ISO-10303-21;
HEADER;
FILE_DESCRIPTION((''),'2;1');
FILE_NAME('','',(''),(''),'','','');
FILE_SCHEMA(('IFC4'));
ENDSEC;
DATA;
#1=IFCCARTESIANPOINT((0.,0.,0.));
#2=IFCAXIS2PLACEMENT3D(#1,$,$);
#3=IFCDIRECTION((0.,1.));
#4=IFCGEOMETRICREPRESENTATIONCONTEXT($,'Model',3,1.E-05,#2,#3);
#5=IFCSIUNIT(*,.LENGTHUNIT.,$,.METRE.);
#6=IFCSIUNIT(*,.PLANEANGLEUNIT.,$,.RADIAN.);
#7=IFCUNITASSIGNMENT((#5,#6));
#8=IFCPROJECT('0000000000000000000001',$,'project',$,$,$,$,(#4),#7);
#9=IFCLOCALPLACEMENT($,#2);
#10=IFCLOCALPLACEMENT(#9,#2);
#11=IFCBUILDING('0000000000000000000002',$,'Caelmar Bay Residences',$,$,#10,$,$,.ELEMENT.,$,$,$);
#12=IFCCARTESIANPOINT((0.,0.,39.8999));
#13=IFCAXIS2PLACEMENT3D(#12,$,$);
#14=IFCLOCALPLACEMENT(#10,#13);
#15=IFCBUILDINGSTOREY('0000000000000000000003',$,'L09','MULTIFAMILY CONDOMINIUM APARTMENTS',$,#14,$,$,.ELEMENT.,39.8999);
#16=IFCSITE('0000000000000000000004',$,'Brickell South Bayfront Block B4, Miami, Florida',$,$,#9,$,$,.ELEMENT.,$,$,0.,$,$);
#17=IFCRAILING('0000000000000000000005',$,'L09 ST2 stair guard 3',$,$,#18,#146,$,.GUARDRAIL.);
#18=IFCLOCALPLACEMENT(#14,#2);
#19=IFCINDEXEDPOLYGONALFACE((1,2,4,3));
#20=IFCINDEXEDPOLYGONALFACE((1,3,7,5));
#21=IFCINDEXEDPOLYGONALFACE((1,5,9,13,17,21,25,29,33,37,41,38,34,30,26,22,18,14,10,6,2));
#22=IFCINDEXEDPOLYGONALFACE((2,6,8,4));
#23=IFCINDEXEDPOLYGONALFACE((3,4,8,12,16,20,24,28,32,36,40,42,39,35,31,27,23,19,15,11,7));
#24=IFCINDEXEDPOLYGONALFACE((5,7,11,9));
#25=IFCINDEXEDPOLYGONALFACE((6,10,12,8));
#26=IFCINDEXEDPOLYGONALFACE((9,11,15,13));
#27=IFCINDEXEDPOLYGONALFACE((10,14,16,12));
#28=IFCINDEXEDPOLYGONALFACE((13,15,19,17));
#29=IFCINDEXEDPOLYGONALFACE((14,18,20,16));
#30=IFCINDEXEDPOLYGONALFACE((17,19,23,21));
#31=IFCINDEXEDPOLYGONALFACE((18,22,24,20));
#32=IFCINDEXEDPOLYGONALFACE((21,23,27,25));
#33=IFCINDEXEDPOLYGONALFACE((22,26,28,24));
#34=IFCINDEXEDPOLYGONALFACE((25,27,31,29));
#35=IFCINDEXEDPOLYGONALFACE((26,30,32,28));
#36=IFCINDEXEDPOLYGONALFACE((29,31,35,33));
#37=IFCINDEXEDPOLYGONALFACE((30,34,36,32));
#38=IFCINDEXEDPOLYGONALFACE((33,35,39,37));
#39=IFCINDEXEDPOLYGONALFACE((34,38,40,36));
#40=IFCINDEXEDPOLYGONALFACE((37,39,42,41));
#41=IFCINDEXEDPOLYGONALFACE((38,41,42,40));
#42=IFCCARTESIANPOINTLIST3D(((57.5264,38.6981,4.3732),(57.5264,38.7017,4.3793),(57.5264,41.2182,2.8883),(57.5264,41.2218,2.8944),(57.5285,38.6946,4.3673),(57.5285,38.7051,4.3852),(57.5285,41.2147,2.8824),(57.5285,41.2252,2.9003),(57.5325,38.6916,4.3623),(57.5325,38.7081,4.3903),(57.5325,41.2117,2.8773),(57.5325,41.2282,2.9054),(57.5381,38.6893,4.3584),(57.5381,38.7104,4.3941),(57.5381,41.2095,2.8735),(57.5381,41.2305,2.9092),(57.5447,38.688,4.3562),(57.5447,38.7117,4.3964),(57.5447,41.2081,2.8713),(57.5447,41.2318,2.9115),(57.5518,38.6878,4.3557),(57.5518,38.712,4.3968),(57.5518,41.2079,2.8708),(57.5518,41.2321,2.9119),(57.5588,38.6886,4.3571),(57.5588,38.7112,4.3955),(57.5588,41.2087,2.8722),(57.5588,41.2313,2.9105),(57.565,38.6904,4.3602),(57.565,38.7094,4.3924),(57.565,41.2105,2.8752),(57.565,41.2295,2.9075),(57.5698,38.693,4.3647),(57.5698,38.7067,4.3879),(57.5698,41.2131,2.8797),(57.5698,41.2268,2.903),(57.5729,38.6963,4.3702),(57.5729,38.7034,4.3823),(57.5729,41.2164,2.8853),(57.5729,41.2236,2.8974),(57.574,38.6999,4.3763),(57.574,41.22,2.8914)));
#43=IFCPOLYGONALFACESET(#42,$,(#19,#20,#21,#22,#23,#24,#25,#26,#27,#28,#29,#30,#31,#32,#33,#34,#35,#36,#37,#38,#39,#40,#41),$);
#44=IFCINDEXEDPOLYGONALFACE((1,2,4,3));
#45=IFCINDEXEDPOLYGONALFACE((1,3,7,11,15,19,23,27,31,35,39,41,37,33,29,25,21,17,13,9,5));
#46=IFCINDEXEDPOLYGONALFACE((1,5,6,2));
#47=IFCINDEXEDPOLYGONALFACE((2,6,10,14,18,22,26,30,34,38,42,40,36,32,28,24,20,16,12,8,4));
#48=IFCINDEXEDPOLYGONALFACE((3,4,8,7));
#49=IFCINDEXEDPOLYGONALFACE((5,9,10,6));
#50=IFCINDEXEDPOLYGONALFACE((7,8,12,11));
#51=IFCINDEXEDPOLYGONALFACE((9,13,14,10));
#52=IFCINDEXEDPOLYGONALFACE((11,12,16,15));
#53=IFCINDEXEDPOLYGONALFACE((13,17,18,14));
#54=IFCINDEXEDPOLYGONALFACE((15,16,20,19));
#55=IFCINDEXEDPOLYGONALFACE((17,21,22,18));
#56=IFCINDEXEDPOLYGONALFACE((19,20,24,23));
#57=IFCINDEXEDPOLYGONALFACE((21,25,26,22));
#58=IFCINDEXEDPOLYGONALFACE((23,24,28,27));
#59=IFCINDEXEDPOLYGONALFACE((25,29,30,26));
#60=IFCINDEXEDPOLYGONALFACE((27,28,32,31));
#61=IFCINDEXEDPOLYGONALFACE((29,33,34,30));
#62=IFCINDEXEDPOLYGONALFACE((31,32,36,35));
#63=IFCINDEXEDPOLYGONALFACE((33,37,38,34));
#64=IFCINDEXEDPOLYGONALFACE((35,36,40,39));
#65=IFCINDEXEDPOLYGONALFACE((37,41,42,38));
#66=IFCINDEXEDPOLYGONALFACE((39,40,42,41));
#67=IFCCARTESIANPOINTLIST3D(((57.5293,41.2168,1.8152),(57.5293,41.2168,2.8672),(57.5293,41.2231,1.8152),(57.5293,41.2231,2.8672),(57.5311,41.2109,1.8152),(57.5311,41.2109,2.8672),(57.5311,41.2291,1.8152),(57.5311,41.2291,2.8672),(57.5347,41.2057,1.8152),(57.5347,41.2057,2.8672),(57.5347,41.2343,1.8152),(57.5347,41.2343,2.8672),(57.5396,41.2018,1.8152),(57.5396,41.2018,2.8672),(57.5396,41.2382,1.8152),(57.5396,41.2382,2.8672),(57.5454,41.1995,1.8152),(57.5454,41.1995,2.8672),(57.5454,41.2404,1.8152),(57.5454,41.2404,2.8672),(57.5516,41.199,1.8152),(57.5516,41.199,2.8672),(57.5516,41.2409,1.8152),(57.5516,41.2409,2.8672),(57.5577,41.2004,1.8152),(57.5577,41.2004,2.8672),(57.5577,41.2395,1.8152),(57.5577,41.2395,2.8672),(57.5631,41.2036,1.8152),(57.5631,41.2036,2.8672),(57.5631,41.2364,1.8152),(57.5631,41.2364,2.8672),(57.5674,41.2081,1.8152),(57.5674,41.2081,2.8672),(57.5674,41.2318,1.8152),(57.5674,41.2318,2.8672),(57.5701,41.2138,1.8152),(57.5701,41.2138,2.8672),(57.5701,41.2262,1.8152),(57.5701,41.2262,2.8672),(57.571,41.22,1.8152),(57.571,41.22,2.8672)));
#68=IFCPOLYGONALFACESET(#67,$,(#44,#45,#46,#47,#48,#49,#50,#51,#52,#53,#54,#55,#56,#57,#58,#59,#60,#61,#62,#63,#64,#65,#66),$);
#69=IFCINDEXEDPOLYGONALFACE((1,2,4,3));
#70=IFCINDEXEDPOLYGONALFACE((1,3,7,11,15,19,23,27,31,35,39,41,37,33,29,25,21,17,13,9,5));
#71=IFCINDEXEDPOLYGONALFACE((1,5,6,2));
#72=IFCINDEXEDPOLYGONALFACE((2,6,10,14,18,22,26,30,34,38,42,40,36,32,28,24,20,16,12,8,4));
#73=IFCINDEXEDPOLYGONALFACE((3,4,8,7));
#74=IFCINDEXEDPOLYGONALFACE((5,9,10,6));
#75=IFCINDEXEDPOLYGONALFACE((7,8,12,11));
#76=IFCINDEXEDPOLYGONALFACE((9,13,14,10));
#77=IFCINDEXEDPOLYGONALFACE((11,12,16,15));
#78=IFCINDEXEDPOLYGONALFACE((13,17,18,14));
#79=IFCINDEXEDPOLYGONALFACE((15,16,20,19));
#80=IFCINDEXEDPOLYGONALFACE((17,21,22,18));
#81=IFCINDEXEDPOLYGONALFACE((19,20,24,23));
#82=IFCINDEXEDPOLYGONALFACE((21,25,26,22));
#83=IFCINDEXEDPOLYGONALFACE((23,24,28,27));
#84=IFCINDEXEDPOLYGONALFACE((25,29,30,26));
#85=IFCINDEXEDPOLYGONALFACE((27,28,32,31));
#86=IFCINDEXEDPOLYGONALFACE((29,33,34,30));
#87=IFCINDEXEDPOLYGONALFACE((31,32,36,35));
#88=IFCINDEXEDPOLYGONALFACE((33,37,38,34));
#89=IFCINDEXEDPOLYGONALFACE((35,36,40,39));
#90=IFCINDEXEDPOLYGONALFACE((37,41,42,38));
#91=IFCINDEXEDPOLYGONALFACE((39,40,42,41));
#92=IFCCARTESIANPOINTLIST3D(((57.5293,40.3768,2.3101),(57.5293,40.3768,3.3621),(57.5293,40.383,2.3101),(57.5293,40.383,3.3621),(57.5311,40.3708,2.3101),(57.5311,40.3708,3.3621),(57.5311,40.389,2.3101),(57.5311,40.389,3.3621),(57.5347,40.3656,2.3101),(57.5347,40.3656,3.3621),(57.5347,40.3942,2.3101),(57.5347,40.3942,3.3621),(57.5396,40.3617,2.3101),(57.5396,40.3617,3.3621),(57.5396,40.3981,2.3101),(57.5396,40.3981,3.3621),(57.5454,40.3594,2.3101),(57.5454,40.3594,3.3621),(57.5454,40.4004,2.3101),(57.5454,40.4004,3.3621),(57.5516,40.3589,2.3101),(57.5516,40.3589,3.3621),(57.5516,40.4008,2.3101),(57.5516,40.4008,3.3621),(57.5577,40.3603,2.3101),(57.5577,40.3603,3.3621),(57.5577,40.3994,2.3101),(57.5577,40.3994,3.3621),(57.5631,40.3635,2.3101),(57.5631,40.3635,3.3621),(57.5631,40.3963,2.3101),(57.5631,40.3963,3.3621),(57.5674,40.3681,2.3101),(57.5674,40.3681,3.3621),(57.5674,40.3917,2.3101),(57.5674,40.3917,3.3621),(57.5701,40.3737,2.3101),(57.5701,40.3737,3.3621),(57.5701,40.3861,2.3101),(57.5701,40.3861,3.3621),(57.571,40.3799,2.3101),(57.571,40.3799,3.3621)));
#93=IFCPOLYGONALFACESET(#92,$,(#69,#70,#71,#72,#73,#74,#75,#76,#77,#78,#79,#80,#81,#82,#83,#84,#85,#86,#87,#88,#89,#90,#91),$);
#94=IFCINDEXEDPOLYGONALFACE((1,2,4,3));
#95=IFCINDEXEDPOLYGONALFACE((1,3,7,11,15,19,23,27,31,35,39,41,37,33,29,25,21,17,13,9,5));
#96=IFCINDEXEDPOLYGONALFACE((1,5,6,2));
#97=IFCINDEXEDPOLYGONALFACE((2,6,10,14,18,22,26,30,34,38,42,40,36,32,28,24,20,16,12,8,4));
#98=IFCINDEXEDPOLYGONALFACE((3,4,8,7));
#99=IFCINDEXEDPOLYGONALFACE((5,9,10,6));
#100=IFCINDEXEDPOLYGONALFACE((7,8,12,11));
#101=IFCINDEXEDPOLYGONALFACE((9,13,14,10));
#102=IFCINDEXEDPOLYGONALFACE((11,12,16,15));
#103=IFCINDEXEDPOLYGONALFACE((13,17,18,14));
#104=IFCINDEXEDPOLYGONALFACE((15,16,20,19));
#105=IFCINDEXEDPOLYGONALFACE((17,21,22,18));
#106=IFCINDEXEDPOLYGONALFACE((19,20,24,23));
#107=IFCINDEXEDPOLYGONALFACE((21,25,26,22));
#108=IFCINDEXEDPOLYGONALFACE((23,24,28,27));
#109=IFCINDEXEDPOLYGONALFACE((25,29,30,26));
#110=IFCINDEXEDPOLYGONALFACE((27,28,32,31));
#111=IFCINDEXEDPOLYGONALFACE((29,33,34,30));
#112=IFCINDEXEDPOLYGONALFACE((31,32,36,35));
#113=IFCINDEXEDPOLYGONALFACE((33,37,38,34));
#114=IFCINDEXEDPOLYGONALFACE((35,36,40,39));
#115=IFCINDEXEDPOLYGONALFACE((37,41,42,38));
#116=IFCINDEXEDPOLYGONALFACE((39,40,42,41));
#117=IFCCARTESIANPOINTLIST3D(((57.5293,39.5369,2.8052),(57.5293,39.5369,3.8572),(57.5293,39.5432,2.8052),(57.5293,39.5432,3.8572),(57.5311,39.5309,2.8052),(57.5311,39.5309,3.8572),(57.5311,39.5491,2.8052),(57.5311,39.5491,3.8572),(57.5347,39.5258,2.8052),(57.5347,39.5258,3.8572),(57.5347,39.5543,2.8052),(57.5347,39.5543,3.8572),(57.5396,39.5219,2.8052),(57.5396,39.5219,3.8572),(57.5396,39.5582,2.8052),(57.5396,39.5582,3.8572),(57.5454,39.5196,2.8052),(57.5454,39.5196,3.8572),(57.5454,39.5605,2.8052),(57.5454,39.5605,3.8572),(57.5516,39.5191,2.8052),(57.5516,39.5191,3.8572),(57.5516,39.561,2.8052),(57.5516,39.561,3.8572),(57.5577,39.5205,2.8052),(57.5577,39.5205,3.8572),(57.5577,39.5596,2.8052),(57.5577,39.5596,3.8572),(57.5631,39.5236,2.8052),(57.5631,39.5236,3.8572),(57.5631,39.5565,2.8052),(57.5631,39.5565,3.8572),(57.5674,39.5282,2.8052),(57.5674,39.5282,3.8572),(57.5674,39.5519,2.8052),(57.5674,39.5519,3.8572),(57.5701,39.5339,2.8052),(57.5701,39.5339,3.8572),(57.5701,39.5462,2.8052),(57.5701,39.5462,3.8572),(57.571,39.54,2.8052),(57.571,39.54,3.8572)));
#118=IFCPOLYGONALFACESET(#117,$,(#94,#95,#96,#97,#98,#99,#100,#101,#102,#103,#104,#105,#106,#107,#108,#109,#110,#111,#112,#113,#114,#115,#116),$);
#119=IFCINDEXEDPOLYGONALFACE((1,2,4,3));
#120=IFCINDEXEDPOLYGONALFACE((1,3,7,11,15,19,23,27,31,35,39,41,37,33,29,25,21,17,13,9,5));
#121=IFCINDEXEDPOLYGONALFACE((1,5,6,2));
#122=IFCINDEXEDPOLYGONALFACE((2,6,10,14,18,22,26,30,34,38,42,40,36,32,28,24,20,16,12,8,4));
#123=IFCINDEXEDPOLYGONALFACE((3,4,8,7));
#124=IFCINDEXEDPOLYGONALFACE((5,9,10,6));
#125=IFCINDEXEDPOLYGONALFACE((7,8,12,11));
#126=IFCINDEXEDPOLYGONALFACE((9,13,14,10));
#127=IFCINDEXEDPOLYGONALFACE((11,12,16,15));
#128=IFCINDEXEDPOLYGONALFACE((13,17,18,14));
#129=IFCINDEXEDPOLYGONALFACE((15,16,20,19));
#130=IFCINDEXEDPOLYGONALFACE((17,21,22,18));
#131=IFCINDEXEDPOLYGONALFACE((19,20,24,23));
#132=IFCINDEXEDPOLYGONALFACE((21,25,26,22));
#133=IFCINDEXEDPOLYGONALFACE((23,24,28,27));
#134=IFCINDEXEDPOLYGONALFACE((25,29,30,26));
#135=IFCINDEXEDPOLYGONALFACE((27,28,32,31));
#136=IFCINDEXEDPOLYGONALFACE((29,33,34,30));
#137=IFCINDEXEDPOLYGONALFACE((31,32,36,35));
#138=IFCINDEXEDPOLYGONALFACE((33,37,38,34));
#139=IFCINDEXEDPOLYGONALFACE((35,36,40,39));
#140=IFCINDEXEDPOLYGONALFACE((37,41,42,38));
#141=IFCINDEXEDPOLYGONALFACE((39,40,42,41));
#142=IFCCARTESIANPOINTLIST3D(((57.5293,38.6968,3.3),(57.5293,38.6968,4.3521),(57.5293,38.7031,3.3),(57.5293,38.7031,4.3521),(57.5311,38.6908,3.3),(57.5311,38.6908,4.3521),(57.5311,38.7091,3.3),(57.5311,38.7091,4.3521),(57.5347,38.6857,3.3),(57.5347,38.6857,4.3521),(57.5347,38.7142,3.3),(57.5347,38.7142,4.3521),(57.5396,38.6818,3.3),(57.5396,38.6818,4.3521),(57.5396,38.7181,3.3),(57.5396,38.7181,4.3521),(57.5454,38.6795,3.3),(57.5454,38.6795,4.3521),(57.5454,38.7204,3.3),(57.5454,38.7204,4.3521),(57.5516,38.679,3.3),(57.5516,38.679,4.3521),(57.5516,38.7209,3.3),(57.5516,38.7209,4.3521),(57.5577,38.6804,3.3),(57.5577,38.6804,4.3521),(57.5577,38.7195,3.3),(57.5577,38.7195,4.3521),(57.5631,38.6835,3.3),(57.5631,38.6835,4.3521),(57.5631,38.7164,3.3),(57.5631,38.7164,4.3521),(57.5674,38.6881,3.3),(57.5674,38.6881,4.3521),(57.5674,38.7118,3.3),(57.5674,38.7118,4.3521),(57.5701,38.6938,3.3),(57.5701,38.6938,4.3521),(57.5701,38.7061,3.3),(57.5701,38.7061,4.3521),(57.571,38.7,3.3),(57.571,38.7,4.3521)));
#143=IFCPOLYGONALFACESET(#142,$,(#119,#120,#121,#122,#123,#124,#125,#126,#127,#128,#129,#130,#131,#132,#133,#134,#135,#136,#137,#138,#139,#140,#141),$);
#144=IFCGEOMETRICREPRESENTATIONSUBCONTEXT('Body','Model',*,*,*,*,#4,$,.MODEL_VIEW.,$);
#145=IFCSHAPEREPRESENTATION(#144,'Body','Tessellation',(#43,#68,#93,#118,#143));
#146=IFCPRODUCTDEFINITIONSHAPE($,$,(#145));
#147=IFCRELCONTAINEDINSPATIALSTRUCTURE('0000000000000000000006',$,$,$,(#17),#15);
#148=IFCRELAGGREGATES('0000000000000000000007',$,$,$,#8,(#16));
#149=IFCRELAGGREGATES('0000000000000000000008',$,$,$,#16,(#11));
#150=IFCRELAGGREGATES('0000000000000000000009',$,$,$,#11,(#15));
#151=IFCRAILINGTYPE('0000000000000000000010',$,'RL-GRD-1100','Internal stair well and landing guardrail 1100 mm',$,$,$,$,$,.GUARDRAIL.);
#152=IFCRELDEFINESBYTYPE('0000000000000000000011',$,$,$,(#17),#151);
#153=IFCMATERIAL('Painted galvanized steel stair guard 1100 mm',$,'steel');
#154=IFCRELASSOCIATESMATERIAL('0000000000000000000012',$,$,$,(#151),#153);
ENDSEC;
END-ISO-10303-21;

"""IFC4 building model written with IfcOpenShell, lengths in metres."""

from ifc_helpers import new_model, si_unit, direction, frame, origin, origin_2d, place, context, subcontext, project, spatial, circle, extrude, material, type_object, element, save


model = new_model("IFC4")

# Units and contexts
model_context = context("Model", 3, precision=1e-05, world=origin(), true_north=direction((0.0, 1.0)))
body_context = subcontext(model_context, "Body", "Model", "MODEL_VIEW")
ifc_project = project(units=[si_unit("LENGTHUNIT", "METRE"), si_unit("PLANEANGLEUNIT", "RADIAN")], contexts=[model_context])

# Site, building, storey
site_placement = place(None, origin())
site = spatial("IfcSite", under=ifc_project, at=site_placement, Name="Brickell South Bayfront Block B4, Miami, Florida", CompositionType="ELEMENT", RefElevation=0.0)
building_placement = place(site_placement, origin())
building = spatial("IfcBuilding", under=site, at=building_placement, Name="Caelmar Bay Residences", CompositionType="ELEMENT")
storey_placement = place(building_placement, frame((0.0, 0.0, 39.8999)))
storey = spatial("IfcBuildingStorey", under=building, at=storey_placement, Name="L09", Description="MULTIFAMILY CONDOMINIUM APARTMENTS", CompositionType="ELEMENT", Elevation=39.8999)

# Railing
ifc_material_1 = material(Name="Painted galvanized steel stair guard 1100 mm", Category="steel")
railing_type_1 = type_object("IfcRailingType", Name="RL-GRD-1100", Description="Internal stair well and landing guardrail 1100 mm", PredefinedType="GUARDRAIL", material=ifc_material_1)
railing_1_placement = place(storey_placement, frame((57.55, 41.22, 1.8152)))
element("IfcRailing", 1, at=railing_1_placement, inside=storey, type_object=railing_type_1, Name="L09 ST2 stair guard 3", PredefinedType="GUARDRAIL", context=body_context, shape_type="SweptSolid", body=[
    extrude(circle(Radius=0.0239, at=origin_2d()), frame((0.0, 0.0, 1.0762), z_axis=(0.0, -0.861561, 0.507655), x_axis=(1.0, 0.0, 0.0)), (0.0, 0.0, 1.0), 2.925),
    extrude(circle(Radius=0.021, at=origin_2d()), origin(), (0.0, 0.0, 1.0), 1.052),
    extrude(circle(Radius=0.021, at=origin_2d()), frame((0.0, -0.8401, 0.4949)), (0.0, 0.0, 1.0), 1.052),
    extrude(circle(Radius=0.021, at=origin_2d()), frame((0.0, -1.6799, 0.99)), (0.0, 0.0, 1.0), 1.052),
    extrude(circle(Radius=0.021, at=origin_2d()), frame((0.0, -2.52, 1.4849)), (0.0, 0.0, 1.0), 1.052),
])

save(model, "model.ifc")
